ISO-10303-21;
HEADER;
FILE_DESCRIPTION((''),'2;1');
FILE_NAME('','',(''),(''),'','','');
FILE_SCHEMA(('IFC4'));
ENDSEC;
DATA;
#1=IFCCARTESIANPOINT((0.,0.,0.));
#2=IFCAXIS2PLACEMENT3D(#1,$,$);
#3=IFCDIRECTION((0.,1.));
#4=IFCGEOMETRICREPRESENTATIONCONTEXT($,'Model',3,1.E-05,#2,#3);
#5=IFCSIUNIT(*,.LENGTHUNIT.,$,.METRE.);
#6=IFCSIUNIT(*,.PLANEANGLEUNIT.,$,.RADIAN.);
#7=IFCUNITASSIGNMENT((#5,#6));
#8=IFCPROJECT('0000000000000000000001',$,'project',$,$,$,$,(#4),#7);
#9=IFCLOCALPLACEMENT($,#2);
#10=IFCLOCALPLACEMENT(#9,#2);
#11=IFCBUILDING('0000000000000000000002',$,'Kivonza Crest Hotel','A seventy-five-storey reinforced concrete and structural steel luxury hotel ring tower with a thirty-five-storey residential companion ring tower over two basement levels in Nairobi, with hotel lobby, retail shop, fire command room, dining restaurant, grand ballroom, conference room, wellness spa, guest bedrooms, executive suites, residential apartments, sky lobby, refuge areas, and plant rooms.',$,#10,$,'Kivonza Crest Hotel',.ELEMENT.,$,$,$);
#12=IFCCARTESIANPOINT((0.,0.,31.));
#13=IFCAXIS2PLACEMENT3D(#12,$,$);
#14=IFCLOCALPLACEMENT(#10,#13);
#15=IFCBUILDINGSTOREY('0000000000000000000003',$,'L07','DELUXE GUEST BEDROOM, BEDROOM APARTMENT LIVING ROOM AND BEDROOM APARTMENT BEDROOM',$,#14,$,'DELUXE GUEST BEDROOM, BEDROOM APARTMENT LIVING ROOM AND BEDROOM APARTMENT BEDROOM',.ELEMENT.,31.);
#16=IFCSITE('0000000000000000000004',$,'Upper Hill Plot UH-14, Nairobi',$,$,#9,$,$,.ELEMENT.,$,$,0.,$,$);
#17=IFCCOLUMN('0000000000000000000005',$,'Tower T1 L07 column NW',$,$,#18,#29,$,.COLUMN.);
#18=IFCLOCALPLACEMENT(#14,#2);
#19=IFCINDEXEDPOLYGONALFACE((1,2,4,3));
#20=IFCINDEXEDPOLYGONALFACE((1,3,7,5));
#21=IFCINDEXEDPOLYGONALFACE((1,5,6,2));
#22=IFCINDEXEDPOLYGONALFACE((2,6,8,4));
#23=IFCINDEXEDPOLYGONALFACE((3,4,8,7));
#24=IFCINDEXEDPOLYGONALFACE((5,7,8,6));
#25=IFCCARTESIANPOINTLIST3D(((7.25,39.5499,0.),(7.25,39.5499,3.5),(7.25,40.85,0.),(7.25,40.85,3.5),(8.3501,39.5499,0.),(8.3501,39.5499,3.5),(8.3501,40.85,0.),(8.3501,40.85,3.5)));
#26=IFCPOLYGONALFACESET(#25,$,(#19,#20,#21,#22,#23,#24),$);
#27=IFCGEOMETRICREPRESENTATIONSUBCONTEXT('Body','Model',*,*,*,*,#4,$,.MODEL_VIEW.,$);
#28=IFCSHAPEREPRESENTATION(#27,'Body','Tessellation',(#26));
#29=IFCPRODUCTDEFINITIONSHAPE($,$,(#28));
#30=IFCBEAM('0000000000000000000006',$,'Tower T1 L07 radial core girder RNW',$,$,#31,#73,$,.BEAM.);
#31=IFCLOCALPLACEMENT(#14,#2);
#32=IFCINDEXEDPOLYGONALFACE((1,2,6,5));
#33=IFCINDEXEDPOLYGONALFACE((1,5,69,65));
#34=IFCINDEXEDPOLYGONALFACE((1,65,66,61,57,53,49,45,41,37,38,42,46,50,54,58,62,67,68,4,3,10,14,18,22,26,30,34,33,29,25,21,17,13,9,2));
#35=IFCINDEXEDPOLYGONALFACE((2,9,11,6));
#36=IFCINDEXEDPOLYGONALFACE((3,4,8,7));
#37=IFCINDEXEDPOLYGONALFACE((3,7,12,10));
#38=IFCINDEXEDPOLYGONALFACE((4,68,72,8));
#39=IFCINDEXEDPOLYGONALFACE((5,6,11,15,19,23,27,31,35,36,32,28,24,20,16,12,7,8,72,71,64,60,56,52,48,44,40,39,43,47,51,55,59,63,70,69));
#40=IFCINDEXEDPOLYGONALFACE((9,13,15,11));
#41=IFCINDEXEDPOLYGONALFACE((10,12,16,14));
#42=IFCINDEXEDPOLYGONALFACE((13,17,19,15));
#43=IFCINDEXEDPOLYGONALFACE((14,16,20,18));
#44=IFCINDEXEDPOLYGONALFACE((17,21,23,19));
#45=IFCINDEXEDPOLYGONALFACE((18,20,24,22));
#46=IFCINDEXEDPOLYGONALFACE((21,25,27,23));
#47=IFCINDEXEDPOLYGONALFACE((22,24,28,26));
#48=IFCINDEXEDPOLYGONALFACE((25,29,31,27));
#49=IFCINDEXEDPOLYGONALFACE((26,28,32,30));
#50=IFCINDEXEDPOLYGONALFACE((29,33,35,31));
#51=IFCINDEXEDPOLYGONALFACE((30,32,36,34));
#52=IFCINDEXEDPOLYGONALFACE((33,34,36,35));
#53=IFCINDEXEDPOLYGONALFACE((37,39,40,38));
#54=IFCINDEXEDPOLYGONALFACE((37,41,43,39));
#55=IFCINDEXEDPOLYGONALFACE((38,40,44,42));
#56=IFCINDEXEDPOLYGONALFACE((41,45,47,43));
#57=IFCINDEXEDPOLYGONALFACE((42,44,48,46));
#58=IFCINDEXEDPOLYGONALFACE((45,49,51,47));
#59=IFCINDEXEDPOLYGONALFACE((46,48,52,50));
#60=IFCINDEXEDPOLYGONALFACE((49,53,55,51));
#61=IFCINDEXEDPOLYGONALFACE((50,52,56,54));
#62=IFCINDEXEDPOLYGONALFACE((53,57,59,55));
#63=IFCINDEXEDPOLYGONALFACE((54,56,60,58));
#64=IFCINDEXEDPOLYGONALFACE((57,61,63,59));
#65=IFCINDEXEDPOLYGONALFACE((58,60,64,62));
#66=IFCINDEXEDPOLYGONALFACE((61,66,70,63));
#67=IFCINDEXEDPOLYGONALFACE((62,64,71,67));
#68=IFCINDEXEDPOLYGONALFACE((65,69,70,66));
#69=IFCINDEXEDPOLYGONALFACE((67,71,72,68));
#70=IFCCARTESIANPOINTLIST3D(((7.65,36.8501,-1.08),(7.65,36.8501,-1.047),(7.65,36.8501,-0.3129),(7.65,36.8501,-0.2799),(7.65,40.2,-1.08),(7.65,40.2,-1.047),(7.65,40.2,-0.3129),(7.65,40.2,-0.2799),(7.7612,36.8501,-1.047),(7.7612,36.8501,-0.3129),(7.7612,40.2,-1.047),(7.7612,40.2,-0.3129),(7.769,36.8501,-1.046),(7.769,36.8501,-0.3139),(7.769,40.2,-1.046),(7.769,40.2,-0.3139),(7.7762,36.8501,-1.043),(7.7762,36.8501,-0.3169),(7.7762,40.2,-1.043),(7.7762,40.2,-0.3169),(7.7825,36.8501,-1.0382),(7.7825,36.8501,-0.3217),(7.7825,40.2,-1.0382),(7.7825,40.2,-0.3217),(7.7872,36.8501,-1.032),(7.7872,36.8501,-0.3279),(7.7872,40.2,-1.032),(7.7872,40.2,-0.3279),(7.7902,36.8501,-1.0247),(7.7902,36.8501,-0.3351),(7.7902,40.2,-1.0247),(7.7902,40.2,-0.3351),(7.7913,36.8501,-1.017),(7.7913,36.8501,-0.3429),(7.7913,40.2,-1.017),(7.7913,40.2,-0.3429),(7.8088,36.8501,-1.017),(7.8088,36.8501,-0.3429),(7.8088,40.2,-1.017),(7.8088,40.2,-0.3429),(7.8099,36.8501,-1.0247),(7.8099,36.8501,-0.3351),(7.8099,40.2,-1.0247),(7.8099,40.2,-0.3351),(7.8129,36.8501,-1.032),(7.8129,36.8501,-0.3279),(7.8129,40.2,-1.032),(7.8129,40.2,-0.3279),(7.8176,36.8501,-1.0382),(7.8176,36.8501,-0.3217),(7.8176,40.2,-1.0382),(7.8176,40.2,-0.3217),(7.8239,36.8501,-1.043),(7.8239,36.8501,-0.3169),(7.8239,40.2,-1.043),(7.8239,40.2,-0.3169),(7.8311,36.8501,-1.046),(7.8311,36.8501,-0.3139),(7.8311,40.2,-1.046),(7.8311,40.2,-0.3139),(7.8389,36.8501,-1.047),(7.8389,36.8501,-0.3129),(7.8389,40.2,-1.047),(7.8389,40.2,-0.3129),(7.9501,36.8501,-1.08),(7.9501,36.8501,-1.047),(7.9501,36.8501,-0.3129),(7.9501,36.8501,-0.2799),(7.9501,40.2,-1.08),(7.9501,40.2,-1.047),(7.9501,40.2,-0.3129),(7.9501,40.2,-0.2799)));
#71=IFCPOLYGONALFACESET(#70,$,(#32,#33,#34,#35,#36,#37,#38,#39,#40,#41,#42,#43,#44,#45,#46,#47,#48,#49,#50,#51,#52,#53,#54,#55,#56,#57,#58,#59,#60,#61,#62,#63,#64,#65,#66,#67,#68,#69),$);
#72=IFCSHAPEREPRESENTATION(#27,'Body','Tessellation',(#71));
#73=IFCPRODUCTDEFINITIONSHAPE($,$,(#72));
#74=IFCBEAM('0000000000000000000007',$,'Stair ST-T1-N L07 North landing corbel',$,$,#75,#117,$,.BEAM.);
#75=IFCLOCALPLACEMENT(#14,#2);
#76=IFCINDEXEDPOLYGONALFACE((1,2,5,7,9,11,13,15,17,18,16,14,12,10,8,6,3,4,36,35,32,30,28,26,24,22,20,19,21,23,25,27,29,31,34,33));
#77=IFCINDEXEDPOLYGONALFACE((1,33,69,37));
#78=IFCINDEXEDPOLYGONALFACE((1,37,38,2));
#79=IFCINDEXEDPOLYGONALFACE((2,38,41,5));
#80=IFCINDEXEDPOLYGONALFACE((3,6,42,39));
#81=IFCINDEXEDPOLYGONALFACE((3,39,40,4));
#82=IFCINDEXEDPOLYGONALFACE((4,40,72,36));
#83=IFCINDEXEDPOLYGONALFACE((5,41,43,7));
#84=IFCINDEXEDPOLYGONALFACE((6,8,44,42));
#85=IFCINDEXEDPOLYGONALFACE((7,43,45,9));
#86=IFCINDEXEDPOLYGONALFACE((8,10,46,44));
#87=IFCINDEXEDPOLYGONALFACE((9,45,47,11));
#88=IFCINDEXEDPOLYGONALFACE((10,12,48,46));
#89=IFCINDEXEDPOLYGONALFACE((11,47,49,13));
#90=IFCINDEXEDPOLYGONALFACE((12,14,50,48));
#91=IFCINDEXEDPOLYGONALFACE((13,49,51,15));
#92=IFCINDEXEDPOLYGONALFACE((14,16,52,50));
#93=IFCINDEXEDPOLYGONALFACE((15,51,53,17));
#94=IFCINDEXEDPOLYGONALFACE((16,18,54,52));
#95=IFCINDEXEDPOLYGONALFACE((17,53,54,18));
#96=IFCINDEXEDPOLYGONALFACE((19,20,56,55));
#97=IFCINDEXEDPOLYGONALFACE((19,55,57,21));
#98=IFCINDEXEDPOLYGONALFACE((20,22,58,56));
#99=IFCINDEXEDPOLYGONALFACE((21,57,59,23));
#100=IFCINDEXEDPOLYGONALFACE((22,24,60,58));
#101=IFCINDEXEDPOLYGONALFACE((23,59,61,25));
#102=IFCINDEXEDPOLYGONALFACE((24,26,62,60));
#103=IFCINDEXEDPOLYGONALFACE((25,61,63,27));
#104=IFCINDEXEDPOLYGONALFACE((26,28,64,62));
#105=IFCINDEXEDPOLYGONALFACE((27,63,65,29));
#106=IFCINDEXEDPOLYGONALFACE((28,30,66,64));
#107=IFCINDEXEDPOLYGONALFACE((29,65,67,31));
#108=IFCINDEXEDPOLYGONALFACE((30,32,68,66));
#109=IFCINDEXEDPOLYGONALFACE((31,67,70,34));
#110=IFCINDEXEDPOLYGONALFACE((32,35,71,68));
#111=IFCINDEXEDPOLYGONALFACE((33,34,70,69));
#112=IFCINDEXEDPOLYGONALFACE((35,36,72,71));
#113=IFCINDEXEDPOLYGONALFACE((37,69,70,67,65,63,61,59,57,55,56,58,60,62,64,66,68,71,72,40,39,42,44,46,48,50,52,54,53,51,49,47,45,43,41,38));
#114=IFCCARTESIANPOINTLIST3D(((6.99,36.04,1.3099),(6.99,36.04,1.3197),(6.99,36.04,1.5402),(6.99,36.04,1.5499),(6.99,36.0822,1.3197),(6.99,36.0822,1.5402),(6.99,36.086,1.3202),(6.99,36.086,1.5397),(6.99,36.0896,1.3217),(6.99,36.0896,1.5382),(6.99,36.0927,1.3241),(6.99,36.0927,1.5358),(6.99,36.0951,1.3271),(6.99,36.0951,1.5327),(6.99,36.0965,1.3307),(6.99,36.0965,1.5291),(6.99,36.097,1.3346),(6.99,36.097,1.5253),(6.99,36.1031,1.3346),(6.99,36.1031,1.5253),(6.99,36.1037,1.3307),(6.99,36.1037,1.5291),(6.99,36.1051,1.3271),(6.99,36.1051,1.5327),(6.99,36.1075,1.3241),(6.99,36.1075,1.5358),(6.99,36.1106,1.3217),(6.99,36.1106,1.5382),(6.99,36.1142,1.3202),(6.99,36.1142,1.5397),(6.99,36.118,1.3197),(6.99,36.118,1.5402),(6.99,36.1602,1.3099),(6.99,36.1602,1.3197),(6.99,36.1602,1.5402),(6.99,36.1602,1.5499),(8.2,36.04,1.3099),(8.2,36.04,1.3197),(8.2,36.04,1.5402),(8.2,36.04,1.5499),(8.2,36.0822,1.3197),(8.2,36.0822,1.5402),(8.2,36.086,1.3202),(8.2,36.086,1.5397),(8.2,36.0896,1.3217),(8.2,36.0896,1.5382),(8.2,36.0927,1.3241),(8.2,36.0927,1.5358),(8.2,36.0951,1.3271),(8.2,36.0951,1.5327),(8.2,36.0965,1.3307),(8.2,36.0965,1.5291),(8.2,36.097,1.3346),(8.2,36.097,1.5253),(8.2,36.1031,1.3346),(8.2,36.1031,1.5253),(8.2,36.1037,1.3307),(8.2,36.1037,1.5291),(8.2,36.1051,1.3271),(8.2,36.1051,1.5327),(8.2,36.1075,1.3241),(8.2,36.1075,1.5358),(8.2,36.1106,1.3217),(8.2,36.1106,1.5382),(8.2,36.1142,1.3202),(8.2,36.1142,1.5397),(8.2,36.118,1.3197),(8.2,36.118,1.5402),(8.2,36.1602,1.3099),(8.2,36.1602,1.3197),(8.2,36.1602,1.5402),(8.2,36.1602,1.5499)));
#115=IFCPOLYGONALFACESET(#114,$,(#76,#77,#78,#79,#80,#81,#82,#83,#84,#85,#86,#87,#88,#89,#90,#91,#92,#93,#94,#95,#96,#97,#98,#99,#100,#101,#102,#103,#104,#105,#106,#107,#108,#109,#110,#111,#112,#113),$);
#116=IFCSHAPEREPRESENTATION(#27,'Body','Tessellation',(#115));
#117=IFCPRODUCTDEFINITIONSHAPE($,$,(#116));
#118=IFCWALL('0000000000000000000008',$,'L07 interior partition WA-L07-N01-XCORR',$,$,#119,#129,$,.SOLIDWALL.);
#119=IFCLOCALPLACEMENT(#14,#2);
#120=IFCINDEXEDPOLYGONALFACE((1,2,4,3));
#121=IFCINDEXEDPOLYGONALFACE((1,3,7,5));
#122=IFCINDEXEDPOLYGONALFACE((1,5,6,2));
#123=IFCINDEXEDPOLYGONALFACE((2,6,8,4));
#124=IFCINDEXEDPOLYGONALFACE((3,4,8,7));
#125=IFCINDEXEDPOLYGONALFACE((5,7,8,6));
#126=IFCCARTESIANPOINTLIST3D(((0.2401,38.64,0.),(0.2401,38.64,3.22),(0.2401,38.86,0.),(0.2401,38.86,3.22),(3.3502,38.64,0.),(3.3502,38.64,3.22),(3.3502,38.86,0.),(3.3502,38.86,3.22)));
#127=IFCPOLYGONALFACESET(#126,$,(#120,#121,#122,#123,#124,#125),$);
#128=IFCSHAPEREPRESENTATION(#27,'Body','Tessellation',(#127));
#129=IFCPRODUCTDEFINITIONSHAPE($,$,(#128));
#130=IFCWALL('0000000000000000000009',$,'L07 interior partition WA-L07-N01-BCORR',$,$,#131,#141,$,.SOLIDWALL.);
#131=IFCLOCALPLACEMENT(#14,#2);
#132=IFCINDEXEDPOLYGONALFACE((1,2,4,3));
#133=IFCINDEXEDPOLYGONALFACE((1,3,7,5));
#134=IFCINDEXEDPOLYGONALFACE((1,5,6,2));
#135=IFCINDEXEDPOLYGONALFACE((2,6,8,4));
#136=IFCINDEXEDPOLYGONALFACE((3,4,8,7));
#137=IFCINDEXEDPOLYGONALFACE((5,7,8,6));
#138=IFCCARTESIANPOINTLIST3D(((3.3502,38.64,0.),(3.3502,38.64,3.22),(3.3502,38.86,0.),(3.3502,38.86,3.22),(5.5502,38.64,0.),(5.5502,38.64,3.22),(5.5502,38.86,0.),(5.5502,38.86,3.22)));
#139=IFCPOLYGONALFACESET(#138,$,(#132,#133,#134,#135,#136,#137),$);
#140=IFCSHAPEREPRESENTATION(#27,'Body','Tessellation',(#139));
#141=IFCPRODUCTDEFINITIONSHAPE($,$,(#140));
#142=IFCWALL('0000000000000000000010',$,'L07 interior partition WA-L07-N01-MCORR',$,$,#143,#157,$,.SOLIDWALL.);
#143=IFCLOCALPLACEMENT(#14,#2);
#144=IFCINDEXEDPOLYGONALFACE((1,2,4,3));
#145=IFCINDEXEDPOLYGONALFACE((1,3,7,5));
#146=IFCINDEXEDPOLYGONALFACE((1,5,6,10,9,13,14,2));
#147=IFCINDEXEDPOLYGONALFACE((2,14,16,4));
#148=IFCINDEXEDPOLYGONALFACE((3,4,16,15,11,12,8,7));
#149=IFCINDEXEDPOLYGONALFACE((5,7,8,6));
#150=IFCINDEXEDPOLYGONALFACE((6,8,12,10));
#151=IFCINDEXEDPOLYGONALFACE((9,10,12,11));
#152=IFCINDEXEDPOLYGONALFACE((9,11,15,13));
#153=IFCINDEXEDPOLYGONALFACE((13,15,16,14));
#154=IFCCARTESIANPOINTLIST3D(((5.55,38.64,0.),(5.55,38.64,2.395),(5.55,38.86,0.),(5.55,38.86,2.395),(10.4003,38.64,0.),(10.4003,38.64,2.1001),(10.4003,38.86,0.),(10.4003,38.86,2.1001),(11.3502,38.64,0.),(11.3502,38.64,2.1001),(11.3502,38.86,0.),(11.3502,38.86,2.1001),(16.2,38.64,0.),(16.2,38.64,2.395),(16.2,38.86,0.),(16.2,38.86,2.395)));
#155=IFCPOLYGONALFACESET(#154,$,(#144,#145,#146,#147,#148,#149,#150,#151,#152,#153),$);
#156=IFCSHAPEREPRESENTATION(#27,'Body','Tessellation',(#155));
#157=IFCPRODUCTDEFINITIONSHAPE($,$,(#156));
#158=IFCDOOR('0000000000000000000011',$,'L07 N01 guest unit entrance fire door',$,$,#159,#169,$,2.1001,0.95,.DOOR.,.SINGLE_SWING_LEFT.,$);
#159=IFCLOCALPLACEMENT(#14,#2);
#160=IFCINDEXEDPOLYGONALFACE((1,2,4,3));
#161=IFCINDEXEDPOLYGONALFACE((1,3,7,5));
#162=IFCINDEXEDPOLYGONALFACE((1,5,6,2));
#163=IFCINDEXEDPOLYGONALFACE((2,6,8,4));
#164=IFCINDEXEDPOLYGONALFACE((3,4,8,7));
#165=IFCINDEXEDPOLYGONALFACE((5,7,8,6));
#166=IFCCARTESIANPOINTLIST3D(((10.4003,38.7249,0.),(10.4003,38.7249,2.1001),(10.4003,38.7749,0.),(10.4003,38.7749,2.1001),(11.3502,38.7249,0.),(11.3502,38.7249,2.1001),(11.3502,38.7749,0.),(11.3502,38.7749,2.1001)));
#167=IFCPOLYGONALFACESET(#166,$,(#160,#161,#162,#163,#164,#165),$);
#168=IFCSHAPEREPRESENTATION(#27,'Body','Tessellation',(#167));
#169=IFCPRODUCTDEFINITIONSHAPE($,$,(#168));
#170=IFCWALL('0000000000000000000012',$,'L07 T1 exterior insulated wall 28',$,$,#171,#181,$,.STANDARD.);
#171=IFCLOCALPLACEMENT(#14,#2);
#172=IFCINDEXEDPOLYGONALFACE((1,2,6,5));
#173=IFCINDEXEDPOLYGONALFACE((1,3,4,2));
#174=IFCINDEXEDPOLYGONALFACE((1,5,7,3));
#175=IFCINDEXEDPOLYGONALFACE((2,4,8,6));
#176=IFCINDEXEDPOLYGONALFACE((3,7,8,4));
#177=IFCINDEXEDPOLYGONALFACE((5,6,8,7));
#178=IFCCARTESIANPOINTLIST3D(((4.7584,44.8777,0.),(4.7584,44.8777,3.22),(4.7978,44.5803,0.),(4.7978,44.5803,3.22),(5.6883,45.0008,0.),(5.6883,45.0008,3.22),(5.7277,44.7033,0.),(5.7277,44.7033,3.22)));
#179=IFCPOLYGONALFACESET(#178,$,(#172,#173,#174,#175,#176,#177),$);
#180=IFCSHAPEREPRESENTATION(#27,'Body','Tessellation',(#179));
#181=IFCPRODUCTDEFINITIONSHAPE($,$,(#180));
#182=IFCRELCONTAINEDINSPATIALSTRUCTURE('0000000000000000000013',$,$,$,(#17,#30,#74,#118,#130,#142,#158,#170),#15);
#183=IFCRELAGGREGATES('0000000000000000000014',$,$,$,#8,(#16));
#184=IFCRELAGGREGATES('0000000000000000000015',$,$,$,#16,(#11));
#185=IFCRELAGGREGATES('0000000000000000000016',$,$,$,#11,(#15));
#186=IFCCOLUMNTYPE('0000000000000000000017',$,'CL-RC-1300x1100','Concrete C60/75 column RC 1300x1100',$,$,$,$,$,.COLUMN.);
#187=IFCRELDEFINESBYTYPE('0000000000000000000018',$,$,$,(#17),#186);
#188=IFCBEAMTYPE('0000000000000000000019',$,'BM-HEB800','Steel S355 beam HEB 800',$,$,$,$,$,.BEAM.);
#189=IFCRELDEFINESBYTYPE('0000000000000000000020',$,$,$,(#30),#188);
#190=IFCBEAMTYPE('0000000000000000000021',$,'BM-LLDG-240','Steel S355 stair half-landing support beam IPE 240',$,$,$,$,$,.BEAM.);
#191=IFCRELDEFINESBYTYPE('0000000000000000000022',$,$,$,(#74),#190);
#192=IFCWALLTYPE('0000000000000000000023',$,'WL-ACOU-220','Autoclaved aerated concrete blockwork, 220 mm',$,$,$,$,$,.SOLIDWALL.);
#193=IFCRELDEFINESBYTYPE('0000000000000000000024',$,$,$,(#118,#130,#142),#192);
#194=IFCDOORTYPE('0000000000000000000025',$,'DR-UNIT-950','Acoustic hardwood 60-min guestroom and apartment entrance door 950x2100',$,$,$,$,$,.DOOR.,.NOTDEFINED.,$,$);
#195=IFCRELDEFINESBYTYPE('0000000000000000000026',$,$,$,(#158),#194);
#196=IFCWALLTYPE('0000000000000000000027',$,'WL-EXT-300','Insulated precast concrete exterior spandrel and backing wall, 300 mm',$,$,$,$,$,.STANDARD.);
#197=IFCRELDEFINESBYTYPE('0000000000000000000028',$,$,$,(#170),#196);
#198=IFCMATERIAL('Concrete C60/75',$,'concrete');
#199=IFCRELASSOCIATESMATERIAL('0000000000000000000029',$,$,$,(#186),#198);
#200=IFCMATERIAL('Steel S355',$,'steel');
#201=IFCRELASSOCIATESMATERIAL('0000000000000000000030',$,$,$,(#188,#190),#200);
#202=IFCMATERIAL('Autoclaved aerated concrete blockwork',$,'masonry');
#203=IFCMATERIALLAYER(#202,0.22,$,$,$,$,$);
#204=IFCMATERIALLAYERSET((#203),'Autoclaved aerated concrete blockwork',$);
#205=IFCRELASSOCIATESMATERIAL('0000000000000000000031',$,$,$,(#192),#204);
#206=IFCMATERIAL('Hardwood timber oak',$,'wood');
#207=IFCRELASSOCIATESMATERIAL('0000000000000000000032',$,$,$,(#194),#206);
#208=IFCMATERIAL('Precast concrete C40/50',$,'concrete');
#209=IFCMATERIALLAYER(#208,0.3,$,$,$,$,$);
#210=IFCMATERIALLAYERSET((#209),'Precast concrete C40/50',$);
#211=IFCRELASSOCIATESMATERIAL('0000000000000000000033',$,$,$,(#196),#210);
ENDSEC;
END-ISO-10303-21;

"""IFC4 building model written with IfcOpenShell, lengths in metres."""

from ifc_helpers import new_model, si_unit, direction, frame, frame_2d, origin, origin_2d, place, context, subcontext, project, spatial, rectangle, i_section, extrude, material, layer, layer_set, material_profile, profile_set, type_object, element, fill, save


model = new_model("IFC4")

# Units and contexts
model_context = context("Model", 3, precision=1e-05, world=origin(), true_north=direction((0.0, 1.0)))
body_context = subcontext(model_context, "Body", "Model", "MODEL_VIEW")
ifc_project = project(units=[si_unit("LENGTHUNIT", "METRE"), si_unit("PLANEANGLEUNIT", "RADIAN")], contexts=[model_context])

# Site, building, storey
site_placement = place(None, origin())
site = spatial("IfcSite", under=ifc_project, at=site_placement, Name="Upper Hill Plot UH-14, Nairobi", CompositionType="ELEMENT", RefElevation=0.0)
building_placement = place(site_placement, origin())
building = spatial("IfcBuilding", under=site, at=building_placement, Name="Kivonza Crest Hotel", Description="A seventy-five-storey reinforced concrete and structural steel luxury hotel ring tower with a thirty-five-storey residential companion ring tower over two basement levels in Nairobi, with hotel lobby, retail shop, fire command room, dining restaurant, grand ballroom, conference room, wellness spa, guest bedrooms, executive suites, residential apartments, sky lobby, refuge areas, and plant rooms.", LongName="Kivonza Crest Hotel", CompositionType="ELEMENT")
storey_placement = place(building_placement, frame((0.0, 0.0, 31.0)))
storey = spatial("IfcBuildingStorey", under=building, at=storey_placement, Name="L07", Description="DELUXE GUEST BEDROOM, BEDROOM APARTMENT LIVING ROOM AND BEDROOM APARTMENT BEDROOM", LongName="DELUXE GUEST BEDROOM, BEDROOM APARTMENT LIVING ROOM AND BEDROOM APARTMENT BEDROOM", CompositionType="ELEMENT", Elevation=31.0)

# Column
ifc_material_1 = material(Name="Concrete C60/75", Category="concrete")
ifc_material_profile_1 = material_profile(ifc_material_1, rectangle(XDim=1.1001, YDim=1.3, at=origin_2d()), Name="RC 1300x1100")
ifc_profile_set_1 = profile_set([ifc_material_profile_1], Name="Concrete C60/75")
column_type = type_object("IfcColumnType", Name="CL-RC-1300x1100", Description="Concrete C60/75 column RC 1300x1100", PredefinedType="COLUMN", material=ifc_profile_set_1)
column_placement = place(storey_placement, frame((7.8, 40.2, 0.0), z_axis=(0.0, 0.0, 1.0), x_axis=(1.0, 0.0, 0.0)))
element("IfcColumn", 1, at=column_placement, inside=storey, type_object=column_type, Name="Tower T1 L07 column NW", PredefinedType="COLUMN", context=body_context, shape_type="SweptSolid", body=[
    extrude(rectangle(XDim=1.1001, YDim=1.3, at=origin_2d()), origin(), (0.0, 0.0, 1.0), 3.5),
])

# Beams
ifc_material_2 = material(Name="Steel S355", Category="steel")
ifc_material_profile_2 = material_profile(ifc_material_2, i_section(OverallWidth=0.3, OverallDepth=0.8, WebThickness=0.0176, FlangeThickness=0.033, FilletRadius=0.03, at=origin_2d()), Name="HEB 800")
ifc_profile_set_2 = profile_set([ifc_material_profile_2], Name="Steel S355")
beam_type_1 = type_object("IfcBeamType", Name="BM-HEB800", Description="Steel S355 beam HEB 800", PredefinedType="BEAM", material=ifc_profile_set_2)
beam_1_placement = place(storey_placement, frame((7.8, 40.2, -0.6799), z_axis=(0.0, -1.0, 0.0), x_axis=(1.0, 0.0, 0.0)))
element("IfcBeam", 2, at=beam_1_placement, inside=storey, type_object=beam_type_1, Name="Tower T1 L07 radial core girder RNW", PredefinedType="BEAM", context=body_context, shape_type="SweptSolid", body=[
    extrude(i_section(OverallWidth=0.3, OverallDepth=0.8, WebThickness=0.0176, FlangeThickness=0.033, FilletRadius=0.03, at=origin_2d()), origin(), (0.0, 0.0, 1.0), 3.3499),
])
ifc_material_profile_3 = material_profile(ifc_material_2, i_section(OverallWidth=0.1201, OverallDepth=0.24, WebThickness=0.0061, FlangeThickness=0.0098, FilletRadius=0.0149, at=origin_2d()), Name="IPE 240")
ifc_profile_set_3 = profile_set([ifc_material_profile_3], Name="Steel S355")
beam_type_2 = type_object("IfcBeamType", Name="BM-LLDG-240", Description="Steel S355 stair half-landing support beam IPE 240", PredefinedType="BEAM", material=ifc_profile_set_3)
beam_2_placement = place(storey_placement, frame((6.99, 36.1001, 1.4299), z_axis=(1.0, 0.0, 0.0), x_axis=(0.0, 1.0, 0.0)))
element("IfcBeam", 3, at=beam_2_placement, inside=storey, type_object=beam_type_2, Name="Stair ST-T1-N L07 North landing corbel", PredefinedType="BEAM", context=body_context, shape_type="SweptSolid", body=[
    extrude(i_section(OverallWidth=0.1201, OverallDepth=0.24, WebThickness=0.0061, FlangeThickness=0.0098, FilletRadius=0.0149, at=origin_2d()), origin(), (0.0, 0.0, 1.0), 1.21),
])

# Walls
ifc_material_3 = material(Name="Autoclaved aerated concrete blockwork", Category="masonry")
ifc_layer_1 = layer(ifc_material_3, 0.22)
ifc_layer_set_1 = layer_set([ifc_layer_1], Name="Autoclaved aerated concrete blockwork")
wall_type_1 = type_object("IfcWallType", Name="WL-ACOU-220", Description="Autoclaved aerated concrete blockwork, 220 mm", PredefinedType="SOLIDWALL", material=ifc_layer_set_1)
wall_1_placement = place(storey_placement, frame((0.24, 38.75, 0.0), z_axis=(0.0, 0.0, 1.0), x_axis=(1.0, 0.0, 0.0)))
element("IfcWall", 4, at=wall_1_placement, inside=storey, type_object=wall_type_1, Name="L07 interior partition WA-L07-N01-XCORR", PredefinedType="SOLIDWALL", context=body_context, shape_type="SweptSolid", body=[
    extrude(rectangle(XDim=3.1101, YDim=0.22, at=frame_2d((1.5552, 0.0))), origin(), (0.0, 0.0, 1.0), 3.22),
])
wall_2_placement = place(storey_placement, frame((3.3501, 38.75, 0.0), z_axis=(0.0, 0.0, 1.0), x_axis=(1.0, 0.0, 0.0)))
element("IfcWall", 5, at=wall_2_placement, inside=storey, type_object=wall_type_1, Name="L07 interior partition WA-L07-N01-BCORR", PredefinedType="SOLIDWALL", context=body_context, shape_type="SweptSolid", body=[
    extrude(rectangle(XDim=2.2, YDim=0.22, at=frame_2d((1.1001, 0.0))), origin(), (0.0, 0.0, 1.0), 3.22),
])

# Wall, opening, door
wall_3_placement = place(storey_placement, frame((5.55, 38.75, 0.0), z_axis=(0.0, 0.0, 1.0), x_axis=(1.0, 0.0, 0.0)))
wall_3 = element("IfcWall", 6, at=wall_3_placement, inside=storey, type_object=wall_type_1, Name="L07 interior partition WA-L07-N01-MCORR", PredefinedType="SOLIDWALL", context=body_context, shape_type="SweptSolid", body=[
    extrude(rectangle(XDim=10.6499, YDim=0.22, at=frame_2d((5.325, 0.0))), origin(), (0.0, 0.0, 1.0), 2.395),
])
opening_1_placement = place(wall_3_placement, frame((4.8501, 0.0, 0.0)))
opening_1 = element("IfcOpeningElement", 7, at=opening_1_placement, cuts=wall_3, PredefinedType="OPENING", context=body_context, shape_type="SweptSolid", body=[
    extrude(rectangle(XDim=0.95, YDim=2.1001, at=frame_2d((0.4751, 1.05))), frame((0.0, 0.1201, 0.0), z_axis=(0.0, -1.0, 0.0), x_axis=(1.0, 0.0, 0.0)), (0.0, 0.0, 1.0), 0.24),
])
ifc_material_4 = material(Name="Hardwood timber oak", Category="wood")
door_type_1 = type_object("IfcDoorType", Name="DR-UNIT-950", Description="Acoustic hardwood 60-min guestroom and apartment entrance door 950x2100", OperationType="NOTDEFINED", PredefinedType="DOOR", material=ifc_material_4)
door_1_placement = place(opening_1_placement, origin())
door_1 = element("IfcDoor", 8, at=door_1_placement, inside=storey, type_object=door_type_1, Name="L07 N01 guest unit entrance fire door", OperationType="SINGLE_SWING_LEFT", OverallHeight=2.1001, OverallWidth=0.95, PredefinedType="DOOR", context=body_context, shape_type="SweptSolid", body=[
    extrude(rectangle(XDim=0.95, YDim=2.1001, at=frame_2d((0.4751, 1.05))), frame((0.0, 0.0249, 0.0), z_axis=(0.0, -1.0, 0.0), x_axis=(1.0, 0.0, 0.0)), (0.0, 0.0, 1.0), 0.05),
])
fill(opening_1, door_1)

# Wall
ifc_material_5 = material(Name="Precast concrete C40/50", Category="concrete")
ifc_layer_2 = layer(ifc_material_5, 0.3)
ifc_layer_set_2 = layer_set([ifc_layer_2], Name="Precast concrete C40/50")
wall_type_2 = type_object("IfcWallType", Name="WL-EXT-300", Description="Insulated precast concrete exterior spandrel and backing wall, 300 mm", PredefinedType="STANDARD", material=ifc_layer_set_2)
wall_4_placement = place(storey_placement, frame((5.708, 44.8521, 0.0), z_axis=(0.0, 0.0, 1.0), x_axis=(-0.991359, -0.131175, 0.0)))
element("IfcWall", 9, at=wall_4_placement, inside=storey, type_object=wall_type_2, Name="L07 T1 exterior insulated wall 28", PredefinedType="STANDARD", context=body_context, shape_type="SweptSolid", body=[
    extrude(rectangle(XDim=0.938, YDim=0.3, at=frame_2d((0.469, 0.0))), origin(), (0.0, 0.0, 1.0), 3.22),
])

save(model, "model.ifc")
